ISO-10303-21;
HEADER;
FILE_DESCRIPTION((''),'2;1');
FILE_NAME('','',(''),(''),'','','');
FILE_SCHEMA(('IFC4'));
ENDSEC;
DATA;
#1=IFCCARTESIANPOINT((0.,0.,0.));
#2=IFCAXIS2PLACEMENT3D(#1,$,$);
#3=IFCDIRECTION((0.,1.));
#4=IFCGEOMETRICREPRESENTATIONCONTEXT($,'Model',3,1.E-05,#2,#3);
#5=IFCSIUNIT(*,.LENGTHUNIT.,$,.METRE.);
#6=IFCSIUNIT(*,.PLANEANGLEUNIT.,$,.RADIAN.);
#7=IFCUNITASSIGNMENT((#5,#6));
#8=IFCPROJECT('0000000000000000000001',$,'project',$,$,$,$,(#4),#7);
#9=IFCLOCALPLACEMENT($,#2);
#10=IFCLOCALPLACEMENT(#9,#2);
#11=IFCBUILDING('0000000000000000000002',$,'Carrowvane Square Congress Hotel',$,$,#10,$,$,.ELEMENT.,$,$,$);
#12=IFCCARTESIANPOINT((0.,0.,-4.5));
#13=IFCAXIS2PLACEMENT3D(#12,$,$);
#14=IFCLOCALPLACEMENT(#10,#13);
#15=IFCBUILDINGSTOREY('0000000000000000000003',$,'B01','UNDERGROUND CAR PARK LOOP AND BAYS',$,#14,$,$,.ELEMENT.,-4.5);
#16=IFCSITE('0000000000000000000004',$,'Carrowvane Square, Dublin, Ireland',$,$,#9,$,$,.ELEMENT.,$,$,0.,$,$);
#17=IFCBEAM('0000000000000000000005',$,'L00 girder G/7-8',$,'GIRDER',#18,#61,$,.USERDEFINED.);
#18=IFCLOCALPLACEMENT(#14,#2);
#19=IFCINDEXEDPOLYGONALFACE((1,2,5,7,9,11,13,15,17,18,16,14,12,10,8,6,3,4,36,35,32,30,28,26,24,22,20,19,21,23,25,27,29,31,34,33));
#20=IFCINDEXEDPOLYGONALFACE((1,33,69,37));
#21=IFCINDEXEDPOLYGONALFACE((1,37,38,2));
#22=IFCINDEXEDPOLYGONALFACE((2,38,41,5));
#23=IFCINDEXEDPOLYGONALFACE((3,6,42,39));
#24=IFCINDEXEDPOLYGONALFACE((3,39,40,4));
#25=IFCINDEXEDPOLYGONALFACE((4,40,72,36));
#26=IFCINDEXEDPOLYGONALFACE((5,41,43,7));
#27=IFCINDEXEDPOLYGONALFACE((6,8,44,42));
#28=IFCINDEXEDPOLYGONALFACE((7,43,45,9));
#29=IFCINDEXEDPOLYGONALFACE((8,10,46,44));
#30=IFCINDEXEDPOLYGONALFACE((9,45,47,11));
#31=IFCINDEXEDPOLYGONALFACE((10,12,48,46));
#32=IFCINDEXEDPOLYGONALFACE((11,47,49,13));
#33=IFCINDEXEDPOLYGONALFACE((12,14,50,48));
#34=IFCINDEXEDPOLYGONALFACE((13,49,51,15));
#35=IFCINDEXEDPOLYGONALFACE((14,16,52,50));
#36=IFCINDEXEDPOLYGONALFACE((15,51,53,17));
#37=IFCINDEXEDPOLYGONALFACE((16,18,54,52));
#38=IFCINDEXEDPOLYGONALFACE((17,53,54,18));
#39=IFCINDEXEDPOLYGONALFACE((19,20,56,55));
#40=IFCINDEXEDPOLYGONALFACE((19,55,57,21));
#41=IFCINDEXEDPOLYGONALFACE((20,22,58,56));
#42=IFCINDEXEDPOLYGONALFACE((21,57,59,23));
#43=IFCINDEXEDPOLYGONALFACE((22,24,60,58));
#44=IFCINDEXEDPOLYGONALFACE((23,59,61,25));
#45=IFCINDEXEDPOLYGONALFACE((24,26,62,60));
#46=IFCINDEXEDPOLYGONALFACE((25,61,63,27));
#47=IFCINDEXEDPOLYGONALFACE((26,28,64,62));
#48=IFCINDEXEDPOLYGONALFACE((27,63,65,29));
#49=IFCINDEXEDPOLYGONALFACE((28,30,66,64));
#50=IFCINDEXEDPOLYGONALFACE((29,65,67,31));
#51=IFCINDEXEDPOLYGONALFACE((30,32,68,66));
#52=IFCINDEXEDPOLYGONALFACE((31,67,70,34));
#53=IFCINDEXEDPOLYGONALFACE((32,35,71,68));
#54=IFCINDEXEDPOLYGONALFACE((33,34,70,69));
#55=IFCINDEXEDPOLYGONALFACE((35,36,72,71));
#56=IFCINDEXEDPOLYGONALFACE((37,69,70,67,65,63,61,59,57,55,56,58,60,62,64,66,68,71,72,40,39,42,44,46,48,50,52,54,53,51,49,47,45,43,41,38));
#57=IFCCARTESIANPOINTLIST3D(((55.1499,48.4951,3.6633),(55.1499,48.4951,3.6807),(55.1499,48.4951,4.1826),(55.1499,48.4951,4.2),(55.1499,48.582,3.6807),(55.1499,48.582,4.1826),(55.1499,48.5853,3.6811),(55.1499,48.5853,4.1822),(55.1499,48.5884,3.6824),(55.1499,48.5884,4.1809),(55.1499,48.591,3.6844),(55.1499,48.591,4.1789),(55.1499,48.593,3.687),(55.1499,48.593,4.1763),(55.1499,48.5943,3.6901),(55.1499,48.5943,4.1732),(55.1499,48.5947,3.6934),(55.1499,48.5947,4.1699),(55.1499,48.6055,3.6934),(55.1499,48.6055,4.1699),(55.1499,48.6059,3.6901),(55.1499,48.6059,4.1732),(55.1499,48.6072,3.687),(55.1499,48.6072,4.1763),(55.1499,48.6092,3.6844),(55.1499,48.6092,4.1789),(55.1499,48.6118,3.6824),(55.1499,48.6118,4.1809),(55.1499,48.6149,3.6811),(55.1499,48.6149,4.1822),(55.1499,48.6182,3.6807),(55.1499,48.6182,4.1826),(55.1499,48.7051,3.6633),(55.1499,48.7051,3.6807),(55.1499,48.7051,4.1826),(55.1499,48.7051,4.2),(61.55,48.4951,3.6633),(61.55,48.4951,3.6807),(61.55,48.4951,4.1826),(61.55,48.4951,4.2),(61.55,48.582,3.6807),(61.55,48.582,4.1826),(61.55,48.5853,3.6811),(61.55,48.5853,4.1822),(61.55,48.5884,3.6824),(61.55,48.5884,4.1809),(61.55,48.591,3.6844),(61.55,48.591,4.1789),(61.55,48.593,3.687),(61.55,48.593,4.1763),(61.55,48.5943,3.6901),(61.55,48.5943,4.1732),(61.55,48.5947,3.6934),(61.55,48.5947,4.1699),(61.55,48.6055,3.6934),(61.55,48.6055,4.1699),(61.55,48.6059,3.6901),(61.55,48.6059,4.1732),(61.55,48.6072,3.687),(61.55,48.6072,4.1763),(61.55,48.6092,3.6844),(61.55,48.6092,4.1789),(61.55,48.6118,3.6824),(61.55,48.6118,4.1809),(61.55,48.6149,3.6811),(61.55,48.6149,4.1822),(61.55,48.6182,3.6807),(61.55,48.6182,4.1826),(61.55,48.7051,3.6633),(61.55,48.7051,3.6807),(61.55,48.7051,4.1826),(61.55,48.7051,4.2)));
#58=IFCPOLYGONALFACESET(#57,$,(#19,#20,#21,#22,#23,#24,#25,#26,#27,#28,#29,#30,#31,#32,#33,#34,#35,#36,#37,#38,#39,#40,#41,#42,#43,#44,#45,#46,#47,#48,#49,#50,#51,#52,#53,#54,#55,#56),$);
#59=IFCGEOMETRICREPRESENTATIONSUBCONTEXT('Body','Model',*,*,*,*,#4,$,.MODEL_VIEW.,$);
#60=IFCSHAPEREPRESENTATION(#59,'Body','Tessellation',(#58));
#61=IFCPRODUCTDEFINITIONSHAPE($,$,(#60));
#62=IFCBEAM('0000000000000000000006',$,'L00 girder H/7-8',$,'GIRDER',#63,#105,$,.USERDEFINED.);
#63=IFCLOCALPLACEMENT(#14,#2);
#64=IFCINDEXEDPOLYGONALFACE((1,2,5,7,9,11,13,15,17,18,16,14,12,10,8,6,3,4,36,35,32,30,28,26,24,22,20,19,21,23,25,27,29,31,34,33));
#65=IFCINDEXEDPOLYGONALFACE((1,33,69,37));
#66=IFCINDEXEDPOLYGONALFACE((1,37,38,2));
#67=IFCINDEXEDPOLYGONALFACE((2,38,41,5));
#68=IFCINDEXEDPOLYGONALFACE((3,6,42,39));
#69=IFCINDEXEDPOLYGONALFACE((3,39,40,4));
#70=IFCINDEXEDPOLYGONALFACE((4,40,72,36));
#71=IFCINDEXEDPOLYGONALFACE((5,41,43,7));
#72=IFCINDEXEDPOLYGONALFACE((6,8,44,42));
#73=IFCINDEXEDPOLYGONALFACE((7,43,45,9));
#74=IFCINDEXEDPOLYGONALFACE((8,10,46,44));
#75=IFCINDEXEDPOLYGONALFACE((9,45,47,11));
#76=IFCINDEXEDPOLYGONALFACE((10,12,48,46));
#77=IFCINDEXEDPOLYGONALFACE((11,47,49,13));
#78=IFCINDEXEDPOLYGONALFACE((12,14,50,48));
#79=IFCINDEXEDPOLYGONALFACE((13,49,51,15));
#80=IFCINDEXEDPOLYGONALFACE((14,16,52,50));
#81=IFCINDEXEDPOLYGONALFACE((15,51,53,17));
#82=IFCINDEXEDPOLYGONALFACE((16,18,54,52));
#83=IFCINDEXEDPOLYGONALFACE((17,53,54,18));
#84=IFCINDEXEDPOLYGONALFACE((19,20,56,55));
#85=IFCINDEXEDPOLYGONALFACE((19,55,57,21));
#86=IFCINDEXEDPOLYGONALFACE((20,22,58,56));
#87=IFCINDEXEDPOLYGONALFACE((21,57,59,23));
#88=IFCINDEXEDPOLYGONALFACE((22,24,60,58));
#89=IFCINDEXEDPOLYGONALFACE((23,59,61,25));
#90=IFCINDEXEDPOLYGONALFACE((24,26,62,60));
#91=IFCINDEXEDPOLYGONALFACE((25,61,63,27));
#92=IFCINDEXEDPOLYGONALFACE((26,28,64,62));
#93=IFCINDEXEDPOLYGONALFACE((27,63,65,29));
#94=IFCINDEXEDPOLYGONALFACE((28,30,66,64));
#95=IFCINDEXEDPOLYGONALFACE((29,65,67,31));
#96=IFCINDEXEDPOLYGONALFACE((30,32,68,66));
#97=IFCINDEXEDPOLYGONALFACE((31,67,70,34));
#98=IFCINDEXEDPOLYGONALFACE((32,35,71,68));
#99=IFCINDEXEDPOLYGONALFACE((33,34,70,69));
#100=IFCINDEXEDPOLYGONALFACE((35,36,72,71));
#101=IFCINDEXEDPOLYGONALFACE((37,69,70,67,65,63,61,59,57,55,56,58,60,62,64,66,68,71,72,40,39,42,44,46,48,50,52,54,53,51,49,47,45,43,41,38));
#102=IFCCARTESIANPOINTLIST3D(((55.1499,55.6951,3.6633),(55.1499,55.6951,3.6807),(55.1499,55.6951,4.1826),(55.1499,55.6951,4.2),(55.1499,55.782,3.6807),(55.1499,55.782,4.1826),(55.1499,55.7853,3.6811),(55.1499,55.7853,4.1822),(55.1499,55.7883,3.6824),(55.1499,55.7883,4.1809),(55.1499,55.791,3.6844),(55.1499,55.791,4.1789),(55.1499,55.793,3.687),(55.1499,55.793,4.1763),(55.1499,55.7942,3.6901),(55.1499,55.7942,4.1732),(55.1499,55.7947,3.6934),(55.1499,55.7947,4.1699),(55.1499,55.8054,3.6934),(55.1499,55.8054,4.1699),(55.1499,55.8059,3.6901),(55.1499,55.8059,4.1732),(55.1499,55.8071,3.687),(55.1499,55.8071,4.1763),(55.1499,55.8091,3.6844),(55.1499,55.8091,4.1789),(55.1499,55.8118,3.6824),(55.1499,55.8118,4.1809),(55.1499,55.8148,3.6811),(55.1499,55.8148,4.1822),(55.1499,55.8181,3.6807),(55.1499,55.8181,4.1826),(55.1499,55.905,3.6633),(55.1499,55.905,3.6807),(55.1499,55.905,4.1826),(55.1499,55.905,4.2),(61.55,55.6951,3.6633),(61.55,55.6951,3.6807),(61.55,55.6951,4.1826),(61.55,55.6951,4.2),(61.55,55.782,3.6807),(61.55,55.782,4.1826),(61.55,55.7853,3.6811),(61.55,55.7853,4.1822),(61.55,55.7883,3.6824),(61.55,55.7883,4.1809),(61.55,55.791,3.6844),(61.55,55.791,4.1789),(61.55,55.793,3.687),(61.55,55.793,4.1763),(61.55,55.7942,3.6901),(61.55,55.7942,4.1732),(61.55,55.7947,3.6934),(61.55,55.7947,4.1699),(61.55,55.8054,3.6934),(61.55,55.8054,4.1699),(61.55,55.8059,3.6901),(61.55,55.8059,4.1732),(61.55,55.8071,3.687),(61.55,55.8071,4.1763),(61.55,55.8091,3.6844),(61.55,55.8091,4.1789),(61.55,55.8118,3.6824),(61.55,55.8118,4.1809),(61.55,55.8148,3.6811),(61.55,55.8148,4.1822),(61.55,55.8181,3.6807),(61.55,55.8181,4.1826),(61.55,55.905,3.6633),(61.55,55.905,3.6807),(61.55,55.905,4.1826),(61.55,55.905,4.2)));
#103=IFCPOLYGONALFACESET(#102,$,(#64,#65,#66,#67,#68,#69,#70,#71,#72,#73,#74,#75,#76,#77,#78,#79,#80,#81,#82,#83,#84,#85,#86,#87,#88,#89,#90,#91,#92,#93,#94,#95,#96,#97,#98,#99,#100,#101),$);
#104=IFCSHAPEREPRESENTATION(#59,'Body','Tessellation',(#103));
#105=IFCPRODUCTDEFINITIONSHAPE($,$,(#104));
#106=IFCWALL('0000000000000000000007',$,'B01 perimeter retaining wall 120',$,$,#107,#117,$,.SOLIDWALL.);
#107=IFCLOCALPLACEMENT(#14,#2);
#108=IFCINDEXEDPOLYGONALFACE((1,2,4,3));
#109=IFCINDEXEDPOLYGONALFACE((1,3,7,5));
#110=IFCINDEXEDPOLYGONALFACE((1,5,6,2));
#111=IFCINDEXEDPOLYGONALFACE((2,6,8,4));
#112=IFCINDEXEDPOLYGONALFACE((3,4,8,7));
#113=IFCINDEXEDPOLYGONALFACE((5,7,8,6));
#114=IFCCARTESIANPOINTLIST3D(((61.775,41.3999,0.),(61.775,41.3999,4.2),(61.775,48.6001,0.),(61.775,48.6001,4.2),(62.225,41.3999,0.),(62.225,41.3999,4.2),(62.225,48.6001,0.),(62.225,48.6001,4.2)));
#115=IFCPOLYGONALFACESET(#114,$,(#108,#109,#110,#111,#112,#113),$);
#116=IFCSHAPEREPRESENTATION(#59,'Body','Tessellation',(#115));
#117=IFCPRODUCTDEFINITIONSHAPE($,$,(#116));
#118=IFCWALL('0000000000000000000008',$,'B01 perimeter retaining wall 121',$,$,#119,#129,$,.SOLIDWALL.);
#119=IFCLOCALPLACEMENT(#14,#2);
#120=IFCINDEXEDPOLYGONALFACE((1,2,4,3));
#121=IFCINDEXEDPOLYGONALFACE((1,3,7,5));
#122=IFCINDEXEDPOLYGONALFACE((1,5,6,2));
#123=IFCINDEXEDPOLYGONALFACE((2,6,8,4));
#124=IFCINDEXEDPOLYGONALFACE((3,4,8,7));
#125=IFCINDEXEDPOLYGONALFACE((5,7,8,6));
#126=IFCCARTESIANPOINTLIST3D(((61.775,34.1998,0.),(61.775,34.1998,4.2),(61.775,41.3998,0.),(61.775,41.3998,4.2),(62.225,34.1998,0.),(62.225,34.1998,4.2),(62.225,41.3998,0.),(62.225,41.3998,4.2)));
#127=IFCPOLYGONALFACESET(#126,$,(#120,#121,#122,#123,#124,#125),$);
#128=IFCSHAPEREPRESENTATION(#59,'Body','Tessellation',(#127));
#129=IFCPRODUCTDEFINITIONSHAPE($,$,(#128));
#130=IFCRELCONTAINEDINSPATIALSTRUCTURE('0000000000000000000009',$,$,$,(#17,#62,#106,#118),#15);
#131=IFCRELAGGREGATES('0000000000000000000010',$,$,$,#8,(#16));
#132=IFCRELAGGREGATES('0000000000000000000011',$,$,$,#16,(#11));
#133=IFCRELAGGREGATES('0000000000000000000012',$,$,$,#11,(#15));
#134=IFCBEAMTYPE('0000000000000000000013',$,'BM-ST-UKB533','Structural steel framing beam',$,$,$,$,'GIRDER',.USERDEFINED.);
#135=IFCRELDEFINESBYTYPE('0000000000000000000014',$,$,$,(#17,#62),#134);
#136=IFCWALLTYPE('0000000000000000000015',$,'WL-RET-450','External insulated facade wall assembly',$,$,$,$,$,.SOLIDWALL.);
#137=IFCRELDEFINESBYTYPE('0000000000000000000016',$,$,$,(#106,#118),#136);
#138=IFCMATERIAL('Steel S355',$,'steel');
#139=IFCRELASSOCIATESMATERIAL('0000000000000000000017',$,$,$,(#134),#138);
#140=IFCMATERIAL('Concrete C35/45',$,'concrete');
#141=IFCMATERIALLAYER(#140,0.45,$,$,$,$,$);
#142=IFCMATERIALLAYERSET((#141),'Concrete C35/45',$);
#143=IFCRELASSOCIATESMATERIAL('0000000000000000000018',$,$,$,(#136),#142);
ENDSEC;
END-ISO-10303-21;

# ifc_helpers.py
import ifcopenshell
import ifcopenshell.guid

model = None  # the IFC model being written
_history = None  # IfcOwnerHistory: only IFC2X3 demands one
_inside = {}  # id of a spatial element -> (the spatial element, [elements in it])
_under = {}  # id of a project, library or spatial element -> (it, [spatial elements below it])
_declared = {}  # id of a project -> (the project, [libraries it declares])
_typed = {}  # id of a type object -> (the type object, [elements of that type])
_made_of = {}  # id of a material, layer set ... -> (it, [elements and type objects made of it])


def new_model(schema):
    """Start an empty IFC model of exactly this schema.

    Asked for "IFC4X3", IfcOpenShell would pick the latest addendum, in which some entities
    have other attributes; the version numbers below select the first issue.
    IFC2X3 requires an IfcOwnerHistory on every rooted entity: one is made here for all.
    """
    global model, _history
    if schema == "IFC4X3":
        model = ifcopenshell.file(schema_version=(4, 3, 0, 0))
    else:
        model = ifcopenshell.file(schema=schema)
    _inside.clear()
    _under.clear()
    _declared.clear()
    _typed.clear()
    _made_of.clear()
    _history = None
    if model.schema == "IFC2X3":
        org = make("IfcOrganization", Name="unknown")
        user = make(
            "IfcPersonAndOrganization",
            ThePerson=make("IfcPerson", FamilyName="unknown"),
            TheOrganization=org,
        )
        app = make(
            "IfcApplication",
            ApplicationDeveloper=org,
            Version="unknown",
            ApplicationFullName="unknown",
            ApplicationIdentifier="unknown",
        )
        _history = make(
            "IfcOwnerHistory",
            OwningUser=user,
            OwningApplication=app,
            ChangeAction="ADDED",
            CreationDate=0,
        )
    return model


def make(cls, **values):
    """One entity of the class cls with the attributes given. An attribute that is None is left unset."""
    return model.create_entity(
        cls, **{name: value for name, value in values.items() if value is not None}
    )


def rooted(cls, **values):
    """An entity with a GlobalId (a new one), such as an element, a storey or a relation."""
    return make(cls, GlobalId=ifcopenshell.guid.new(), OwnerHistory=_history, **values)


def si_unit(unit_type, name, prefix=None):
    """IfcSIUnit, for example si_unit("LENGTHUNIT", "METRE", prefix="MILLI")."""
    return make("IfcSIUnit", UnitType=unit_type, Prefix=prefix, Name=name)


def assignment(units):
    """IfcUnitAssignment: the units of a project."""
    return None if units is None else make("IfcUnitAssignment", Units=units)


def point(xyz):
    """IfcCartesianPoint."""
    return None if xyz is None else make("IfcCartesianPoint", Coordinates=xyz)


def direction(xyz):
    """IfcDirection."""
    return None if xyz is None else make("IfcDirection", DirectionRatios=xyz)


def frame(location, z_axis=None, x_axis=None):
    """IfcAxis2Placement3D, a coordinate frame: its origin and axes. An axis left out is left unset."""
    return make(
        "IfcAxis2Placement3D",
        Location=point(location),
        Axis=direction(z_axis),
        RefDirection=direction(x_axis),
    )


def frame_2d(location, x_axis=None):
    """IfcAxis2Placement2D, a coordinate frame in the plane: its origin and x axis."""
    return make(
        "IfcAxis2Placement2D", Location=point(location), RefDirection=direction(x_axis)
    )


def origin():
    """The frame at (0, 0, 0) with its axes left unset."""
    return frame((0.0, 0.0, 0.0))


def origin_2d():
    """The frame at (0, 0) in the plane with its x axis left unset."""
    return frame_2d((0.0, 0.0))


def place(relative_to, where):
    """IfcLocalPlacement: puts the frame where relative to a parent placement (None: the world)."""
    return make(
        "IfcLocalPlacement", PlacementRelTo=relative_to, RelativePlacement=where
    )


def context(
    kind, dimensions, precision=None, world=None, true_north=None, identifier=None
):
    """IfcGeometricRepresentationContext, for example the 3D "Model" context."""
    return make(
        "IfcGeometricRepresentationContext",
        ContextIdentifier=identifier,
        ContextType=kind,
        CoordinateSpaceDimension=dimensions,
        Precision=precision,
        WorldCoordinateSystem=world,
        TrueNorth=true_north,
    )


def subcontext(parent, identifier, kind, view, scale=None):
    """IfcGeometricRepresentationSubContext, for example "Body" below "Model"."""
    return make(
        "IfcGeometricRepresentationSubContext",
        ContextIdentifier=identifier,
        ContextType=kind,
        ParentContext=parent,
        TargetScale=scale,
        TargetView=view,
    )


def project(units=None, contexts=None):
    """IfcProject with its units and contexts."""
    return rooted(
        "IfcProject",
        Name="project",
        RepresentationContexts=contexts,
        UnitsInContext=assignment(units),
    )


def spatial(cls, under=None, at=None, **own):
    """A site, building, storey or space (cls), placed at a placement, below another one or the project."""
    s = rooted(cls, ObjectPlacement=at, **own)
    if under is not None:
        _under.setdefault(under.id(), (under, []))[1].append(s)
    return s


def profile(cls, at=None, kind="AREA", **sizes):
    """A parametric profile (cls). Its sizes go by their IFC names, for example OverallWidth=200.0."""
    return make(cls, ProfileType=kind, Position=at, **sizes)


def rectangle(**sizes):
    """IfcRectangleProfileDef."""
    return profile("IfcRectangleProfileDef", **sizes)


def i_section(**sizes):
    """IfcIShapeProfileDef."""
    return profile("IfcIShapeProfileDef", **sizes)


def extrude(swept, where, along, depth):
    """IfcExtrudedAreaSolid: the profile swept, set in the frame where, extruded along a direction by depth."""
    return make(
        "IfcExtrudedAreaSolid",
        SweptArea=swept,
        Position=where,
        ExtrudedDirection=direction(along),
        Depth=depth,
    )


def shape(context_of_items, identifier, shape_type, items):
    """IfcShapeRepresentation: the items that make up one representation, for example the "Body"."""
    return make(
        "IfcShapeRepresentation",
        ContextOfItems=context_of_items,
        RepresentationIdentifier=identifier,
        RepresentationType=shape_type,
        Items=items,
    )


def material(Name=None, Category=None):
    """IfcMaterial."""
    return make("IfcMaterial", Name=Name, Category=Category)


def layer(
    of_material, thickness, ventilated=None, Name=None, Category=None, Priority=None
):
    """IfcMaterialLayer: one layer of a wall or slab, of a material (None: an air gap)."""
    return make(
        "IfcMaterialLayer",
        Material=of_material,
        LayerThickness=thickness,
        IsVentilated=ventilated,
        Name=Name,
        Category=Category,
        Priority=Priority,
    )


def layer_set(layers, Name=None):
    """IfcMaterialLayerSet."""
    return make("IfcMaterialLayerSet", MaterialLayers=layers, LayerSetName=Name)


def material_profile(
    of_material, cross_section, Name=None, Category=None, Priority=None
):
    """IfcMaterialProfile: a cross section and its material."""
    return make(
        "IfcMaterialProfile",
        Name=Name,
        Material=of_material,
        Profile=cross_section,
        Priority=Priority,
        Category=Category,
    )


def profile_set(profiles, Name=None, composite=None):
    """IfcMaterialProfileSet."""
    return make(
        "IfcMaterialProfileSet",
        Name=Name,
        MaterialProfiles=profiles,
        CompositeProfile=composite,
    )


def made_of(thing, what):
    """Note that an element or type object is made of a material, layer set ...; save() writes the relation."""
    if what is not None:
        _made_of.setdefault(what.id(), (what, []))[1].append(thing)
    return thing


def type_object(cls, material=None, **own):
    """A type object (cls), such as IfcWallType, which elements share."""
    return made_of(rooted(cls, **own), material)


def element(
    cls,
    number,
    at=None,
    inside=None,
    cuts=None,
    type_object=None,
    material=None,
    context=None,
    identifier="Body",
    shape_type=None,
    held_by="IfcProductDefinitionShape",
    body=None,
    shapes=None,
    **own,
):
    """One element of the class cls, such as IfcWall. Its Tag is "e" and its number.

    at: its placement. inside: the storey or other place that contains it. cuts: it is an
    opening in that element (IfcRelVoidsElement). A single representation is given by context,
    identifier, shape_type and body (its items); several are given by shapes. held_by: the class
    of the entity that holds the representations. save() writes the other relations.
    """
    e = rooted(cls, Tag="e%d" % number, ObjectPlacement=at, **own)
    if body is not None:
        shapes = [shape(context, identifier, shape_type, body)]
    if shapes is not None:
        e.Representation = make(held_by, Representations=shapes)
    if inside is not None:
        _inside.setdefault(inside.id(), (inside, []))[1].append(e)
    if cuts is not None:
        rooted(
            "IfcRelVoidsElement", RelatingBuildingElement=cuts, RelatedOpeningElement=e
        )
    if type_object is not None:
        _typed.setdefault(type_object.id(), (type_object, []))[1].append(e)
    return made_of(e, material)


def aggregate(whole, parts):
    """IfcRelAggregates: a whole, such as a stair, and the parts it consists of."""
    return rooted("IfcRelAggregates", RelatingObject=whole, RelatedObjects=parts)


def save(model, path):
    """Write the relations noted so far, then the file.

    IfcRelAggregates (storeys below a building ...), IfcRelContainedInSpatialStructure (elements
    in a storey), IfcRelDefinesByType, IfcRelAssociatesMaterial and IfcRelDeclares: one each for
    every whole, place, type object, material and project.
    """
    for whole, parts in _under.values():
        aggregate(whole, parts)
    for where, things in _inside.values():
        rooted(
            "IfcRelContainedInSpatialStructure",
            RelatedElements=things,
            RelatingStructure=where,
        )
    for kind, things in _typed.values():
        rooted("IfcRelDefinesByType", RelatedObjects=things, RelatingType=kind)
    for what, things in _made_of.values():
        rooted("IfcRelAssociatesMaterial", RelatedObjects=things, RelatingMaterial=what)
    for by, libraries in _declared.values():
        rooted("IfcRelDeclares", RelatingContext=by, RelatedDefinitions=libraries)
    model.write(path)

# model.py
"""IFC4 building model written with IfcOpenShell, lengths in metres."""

from ifc_helpers import new_model, si_unit, direction, frame, frame_2d, origin, origin_2d, place, context, subcontext, project, spatial, rectangle, i_section, extrude, material, layer, layer_set, material_profile, profile_set, type_object, element, save


model = new_model("IFC4")

# Units and contexts
model_context = context("Model", 3, precision=1e-05, world=origin(), true_north=direction((0.0, 1.0)))
body_context = subcontext(model_context, "Body", "Model", "MODEL_VIEW")
ifc_project = project(units=[si_unit("LENGTHUNIT", "METRE"), si_unit("PLANEANGLEUNIT", "RADIAN")], contexts=[model_context])

# Site, building, storey
site_placement = place(None, origin())
site = spatial("IfcSite", under=ifc_project, at=site_placement, Name="Carrowvane Square, Dublin, Ireland", CompositionType="ELEMENT", RefElevation=0.0)
building_placement = place(site_placement, origin())
building = spatial("IfcBuilding", under=site, at=building_placement, Name="Carrowvane Square Congress Hotel", CompositionType="ELEMENT")
storey_placement = place(building_placement, frame((0.0, 0.0, -4.5)))
storey = spatial("IfcBuildingStorey", under=building, at=storey_placement, Name="B01", Description="UNDERGROUND CAR PARK LOOP AND BAYS", CompositionType="ELEMENT", Elevation=-4.5)

# Beams
ifc_material_1 = material(Name="Steel S355", Category="steel")
ifc_material_profile_1 = material_profile(ifc_material_1, i_section(OverallWidth=0.21, OverallDepth=0.5366, WebThickness=0.0107, FlangeThickness=0.0173, FilletRadius=0.0127, at=origin_2d()), Name="UKB 533x210x101")
ifc_profile_set_1 = profile_set([ifc_material_profile_1], Name="Steel S355")
beam_type_1 = type_object("IfcBeamType", Name="BM-ST-UKB533", Description="Structural steel framing beam", ElementType="GIRDER", PredefinedType="USERDEFINED", material=ifc_profile_set_1)
for number, where, z_axis, x_axis, name in (
    (1, (55.1499, 48.6001, 3.9316), (1.0, 0.0, 0.0), (0.0, 1.0, 0.0), "L00 girder G/7-8"),
    (2, (55.1499, 55.8, 3.9316), (1.0, 0.0, 0.0), (0.0, 1.0, 0.0), "L00 girder H/7-8"),
):
    element("IfcBeam", number, at=place(storey_placement, frame(where, z_axis=z_axis, x_axis=x_axis)), inside=storey, type_object=beam_type_1, Name=name, ObjectType="GIRDER", PredefinedType="USERDEFINED", context=body_context, shape_type="SweptSolid", body=[
        extrude(i_section(OverallWidth=0.21, OverallDepth=0.5366, WebThickness=0.0107, FlangeThickness=0.0173, FilletRadius=0.0127, at=origin_2d()), origin(), (0.0, 0.0, 1.0), 6.4001),
    ])

# Walls
ifc_material_2 = material(Name="Concrete C35/45", Category="concrete")
ifc_layer = layer(ifc_material_2, 0.45)
ifc_layer_set = layer_set([ifc_layer], Name="Concrete C35/45")
wall_type = type_object("IfcWallType", Name="WL-RET-450", Description="External insulated facade wall assembly", PredefinedType="SOLIDWALL", material=ifc_layer_set)
wall_1_placement = place(storey_placement, frame((62.0, 48.6001, 0.0), z_axis=(0.0, 0.0, 1.0), x_axis=(0.0, -1.0, 0.0)))
element("IfcWall", 3, at=wall_1_placement, inside=storey, type_object=wall_type, Name="B01 perimeter retaining wall 120", PredefinedType="SOLIDWALL", context=body_context, shape_type="SweptSolid", body=[
    extrude(rectangle(XDim=7.2002, YDim=0.45, at=frame_2d((3.6001, 0.0))), origin(), (0.0, 0.0, 1.0), 4.2),
])
wall_2_placement = place(storey_placement, frame((62.0, 41.3999, 0.0), z_axis=(0.0, 0.0, 1.0), x_axis=(0.0, -1.0, 0.0)))
element("IfcWall", 4, at=wall_2_placement, inside=storey, type_object=wall_type, Name="B01 perimeter retaining wall 121", PredefinedType="SOLIDWALL", context=body_context, shape_type="SweptSolid", body=[
    extrude(rectangle(XDim=7.2, YDim=0.45, at=frame_2d((3.6001, 0.0))), origin(), (0.0, 0.0, 1.0), 4.2),
])

save(model, "model.ifc")
